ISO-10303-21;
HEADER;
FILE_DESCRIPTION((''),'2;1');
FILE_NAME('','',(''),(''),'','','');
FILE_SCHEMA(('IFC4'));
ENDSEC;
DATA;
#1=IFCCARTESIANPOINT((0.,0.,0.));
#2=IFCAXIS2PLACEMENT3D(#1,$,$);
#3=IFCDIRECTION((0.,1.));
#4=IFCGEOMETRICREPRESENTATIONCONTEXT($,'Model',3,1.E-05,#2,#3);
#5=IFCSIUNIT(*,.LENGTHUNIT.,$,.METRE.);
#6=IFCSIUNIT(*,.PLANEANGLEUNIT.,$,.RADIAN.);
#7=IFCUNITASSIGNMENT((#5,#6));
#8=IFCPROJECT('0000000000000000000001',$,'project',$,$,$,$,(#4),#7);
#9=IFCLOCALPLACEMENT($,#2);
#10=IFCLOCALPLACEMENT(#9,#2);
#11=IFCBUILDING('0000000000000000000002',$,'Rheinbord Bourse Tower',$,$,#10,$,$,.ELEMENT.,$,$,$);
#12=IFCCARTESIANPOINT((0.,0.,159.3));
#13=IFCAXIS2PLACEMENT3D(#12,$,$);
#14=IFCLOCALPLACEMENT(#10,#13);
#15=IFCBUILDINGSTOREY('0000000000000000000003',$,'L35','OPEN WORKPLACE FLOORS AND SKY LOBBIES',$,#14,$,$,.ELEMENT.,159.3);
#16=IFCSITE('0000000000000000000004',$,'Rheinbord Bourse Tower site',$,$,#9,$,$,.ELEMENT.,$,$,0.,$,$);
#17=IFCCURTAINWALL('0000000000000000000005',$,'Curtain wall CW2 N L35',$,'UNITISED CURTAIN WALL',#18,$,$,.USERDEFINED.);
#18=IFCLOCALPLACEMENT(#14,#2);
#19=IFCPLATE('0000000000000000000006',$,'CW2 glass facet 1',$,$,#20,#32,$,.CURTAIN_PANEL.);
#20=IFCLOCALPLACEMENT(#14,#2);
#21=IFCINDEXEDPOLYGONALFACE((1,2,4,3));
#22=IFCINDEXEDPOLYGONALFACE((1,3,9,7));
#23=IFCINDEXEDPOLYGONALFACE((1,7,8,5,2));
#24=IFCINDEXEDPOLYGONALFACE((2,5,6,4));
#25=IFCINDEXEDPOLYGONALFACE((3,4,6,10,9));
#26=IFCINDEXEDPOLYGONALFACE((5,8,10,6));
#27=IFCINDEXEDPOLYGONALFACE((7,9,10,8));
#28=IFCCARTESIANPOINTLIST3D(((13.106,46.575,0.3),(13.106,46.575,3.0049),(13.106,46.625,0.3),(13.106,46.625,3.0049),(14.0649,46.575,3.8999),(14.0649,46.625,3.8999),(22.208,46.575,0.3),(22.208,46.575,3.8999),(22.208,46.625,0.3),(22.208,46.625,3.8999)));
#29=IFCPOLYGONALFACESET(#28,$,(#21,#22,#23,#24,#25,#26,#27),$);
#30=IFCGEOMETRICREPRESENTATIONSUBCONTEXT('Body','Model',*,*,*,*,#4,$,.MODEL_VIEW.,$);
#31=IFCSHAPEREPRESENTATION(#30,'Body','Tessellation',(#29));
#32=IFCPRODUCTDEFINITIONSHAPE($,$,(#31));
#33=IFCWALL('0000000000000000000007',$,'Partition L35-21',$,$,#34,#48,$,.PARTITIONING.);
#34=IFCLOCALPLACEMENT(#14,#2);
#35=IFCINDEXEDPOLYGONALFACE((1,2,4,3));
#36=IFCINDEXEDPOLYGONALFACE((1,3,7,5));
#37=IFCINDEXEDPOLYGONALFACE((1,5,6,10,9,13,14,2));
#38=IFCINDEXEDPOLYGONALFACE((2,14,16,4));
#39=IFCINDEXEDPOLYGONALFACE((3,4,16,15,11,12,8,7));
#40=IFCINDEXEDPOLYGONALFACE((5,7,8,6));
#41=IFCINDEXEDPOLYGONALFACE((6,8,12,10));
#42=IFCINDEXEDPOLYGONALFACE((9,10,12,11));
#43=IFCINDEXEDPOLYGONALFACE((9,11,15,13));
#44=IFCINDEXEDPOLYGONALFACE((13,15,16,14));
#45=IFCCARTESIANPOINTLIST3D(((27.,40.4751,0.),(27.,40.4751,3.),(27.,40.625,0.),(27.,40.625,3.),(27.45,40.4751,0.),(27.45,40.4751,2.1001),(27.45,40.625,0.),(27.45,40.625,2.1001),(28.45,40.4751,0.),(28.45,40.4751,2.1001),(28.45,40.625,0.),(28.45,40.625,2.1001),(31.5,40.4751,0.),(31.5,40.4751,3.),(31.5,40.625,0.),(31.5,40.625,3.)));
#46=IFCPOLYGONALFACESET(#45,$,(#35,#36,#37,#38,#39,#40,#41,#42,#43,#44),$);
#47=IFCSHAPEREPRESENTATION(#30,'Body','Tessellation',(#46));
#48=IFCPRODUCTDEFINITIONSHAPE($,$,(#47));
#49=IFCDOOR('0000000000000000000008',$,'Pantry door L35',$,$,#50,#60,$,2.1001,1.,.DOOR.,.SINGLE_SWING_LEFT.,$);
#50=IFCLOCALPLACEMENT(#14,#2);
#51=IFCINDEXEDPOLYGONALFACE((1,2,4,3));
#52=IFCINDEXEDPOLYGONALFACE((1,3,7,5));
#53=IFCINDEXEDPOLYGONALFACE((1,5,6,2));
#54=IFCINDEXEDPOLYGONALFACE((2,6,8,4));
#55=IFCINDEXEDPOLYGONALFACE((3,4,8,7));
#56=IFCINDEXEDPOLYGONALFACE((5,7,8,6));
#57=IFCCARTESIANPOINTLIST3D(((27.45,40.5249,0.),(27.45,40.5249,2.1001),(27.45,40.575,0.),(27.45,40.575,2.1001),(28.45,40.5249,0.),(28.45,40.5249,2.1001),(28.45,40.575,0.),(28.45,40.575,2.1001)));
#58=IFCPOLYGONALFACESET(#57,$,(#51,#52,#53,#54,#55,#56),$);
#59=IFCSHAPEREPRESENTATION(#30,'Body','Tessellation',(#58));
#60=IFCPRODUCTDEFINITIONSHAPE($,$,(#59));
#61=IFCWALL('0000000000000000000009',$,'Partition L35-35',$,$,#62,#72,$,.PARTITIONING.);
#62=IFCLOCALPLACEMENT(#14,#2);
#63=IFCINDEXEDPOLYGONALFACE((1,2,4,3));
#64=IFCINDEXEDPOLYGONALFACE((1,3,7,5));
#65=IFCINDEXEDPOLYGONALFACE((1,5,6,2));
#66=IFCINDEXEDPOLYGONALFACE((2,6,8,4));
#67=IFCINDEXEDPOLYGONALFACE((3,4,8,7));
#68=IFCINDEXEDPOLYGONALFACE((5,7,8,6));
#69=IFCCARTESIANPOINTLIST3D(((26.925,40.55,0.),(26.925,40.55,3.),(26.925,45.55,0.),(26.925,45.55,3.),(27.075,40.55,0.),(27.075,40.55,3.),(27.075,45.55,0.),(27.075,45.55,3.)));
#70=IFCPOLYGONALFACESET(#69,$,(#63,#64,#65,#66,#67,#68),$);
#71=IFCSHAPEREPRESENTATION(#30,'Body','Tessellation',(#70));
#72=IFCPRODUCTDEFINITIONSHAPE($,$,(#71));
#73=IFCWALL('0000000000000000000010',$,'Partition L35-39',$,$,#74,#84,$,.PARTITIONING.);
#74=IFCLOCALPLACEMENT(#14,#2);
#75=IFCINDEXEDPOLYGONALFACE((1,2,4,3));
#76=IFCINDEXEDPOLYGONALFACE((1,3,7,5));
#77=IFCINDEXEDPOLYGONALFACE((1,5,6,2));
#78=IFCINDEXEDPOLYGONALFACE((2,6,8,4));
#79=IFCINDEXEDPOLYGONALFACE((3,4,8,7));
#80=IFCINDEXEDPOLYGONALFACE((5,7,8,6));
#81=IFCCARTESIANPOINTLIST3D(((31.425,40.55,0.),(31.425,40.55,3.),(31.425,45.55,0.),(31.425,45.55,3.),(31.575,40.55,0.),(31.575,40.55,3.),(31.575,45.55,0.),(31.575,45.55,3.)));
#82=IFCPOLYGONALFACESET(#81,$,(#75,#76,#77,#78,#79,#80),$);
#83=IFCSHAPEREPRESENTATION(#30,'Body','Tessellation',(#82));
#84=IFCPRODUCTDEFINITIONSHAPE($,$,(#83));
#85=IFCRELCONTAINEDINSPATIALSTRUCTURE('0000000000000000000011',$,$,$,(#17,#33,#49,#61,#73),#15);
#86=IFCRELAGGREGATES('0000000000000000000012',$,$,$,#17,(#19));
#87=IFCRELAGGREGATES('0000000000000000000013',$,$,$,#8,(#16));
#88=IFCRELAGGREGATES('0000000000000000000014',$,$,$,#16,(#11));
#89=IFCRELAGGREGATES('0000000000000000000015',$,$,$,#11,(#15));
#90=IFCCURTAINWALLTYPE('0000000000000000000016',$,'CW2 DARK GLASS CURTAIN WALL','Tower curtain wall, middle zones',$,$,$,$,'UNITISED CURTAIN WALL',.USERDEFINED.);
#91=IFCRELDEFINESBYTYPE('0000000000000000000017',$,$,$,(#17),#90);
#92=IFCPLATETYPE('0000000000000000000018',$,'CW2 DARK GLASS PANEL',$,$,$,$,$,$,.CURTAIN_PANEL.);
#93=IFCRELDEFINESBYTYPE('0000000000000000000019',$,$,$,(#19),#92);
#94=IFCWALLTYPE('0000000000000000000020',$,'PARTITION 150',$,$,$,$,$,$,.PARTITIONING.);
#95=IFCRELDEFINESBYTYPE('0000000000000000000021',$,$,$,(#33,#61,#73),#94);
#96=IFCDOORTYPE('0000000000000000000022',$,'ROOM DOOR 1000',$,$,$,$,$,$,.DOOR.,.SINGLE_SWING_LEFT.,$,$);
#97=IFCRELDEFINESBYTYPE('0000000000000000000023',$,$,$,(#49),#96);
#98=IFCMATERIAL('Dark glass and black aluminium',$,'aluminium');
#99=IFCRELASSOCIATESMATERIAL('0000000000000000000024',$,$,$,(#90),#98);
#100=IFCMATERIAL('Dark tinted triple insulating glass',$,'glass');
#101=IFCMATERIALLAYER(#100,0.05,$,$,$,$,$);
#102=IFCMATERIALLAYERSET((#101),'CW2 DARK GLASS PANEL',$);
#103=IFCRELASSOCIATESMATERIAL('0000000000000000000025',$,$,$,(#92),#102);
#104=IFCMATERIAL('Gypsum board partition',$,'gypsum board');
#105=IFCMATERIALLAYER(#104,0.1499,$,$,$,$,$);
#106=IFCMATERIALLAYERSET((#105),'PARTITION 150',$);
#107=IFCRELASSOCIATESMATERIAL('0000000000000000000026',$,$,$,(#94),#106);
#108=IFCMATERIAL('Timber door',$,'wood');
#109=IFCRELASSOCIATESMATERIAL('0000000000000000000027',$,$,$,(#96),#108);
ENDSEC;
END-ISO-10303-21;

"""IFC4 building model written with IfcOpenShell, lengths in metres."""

from ifc_helpers import new_model, si_unit, direction, frame, frame_2d, origin, place, context, subcontext, project, spatial, polyline, rectangle, outline, extrude, material, layer, layer_set, type_object, element, fill, aggregate, save


model = new_model("IFC4")

# Units and contexts
model_context = context("Model", 3, precision=1e-05, world=origin(), true_north=direction((0.0, 1.0)))
body_context = subcontext(model_context, "Body", "Model", "MODEL_VIEW")
ifc_project = project(units=[si_unit("LENGTHUNIT", "METRE"), si_unit("PLANEANGLEUNIT", "RADIAN")], contexts=[model_context])

# Site, building, storey
site_placement = place(None, origin())
site = spatial("IfcSite", under=ifc_project, at=site_placement, Name="Rheinbord Bourse Tower site", CompositionType="ELEMENT", RefElevation=0.0)
building_placement = place(site_placement, origin())
building = spatial("IfcBuilding", under=site, at=building_placement, Name="Rheinbord Bourse Tower", CompositionType="ELEMENT")
storey_placement = place(building_placement, frame((0.0, 0.0, 159.3)))
storey = spatial("IfcBuildingStorey", under=building, at=storey_placement, Name="L35", Description="OPEN WORKPLACE FLOORS AND SKY LOBBIES", CompositionType="ELEMENT", Elevation=159.3)

# Curtain wall
ifc_material_1 = material(Name="Dark glass and black aluminium", Category="aluminium")
curtain_wall_type = type_object("IfcCurtainWallType", Name="CW2 DARK GLASS CURTAIN WALL", Description="Tower curtain wall, middle zones", ElementType="UNITISED CURTAIN WALL", PredefinedType="USERDEFINED", material=ifc_material_1)
curtain_wall_placement = place(storey_placement, origin())
curtain_wall = element("IfcCurtainWall", 1, at=curtain_wall_placement, inside=storey, type_object=curtain_wall_type, Name="Curtain wall CW2 N L35", ObjectType="UNITISED CURTAIN WALL", PredefinedType="USERDEFINED")

# Plate
ifc_material_2 = material(Name="Dark tinted triple insulating glass", Category="glass")
ifc_layer_1 = layer(ifc_material_2, 0.05)
ifc_layer_set_1 = layer_set([ifc_layer_1], Name="CW2 DARK GLASS PANEL")
plate_type = type_object("IfcPlateType", Name="CW2 DARK GLASS PANEL", PredefinedType="CURTAIN_PANEL", material=ifc_layer_set_1)
plate_1_placement = place(storey_placement, frame((13.106, 46.625, 0.3), z_axis=(0.0, -1.0, 0.0), x_axis=(1.0, 0.0, 0.0)))
plate_1 = element("IfcPlate", 2, at=plate_1_placement, type_object=plate_type, Name="CW2 glass facet 1", PredefinedType="CURTAIN_PANEL", context=body_context, shape_type="SweptSolid", body=[
    extrude(outline(polyline([(0.0, 0.0), (9.1021, 0.0), (9.1021, 3.5999), (0.959, 3.5999), (0.0, 2.7048), (0.0, 0.0)])), origin(), (0.0, 0.0, 1.0), 0.05),
])
aggregate(curtain_wall, [plate_1])

# Wall, opening, door
ifc_material_3 = material(Name="Gypsum board partition", Category="gypsum board")
ifc_layer_2 = layer(ifc_material_3, 0.1499)
ifc_layer_set_2 = layer_set([ifc_layer_2], Name="PARTITION 150")
wall_type = type_object("IfcWallType", Name="PARTITION 150", PredefinedType="PARTITIONING", material=ifc_layer_set_2)
wall_placement = place(storey_placement, frame((27.0, 40.55, 0.0), z_axis=(0.0, 0.0, 1.0), x_axis=(1.0, 0.0, 0.0)))
wall = element("IfcWall", 3, at=wall_placement, inside=storey, type_object=wall_type, Name="Partition L35-21", PredefinedType="PARTITIONING", context=body_context, shape_type="SweptSolid", body=[
    extrude(rectangle(XDim=4.5, YDim=0.1499, at=frame_2d((2.25, 0.0))), origin(), (0.0, 0.0, 1.0), 3.0),
])
opening_placement = place(wall_placement, frame((0.45, 0.0, 0.0)))
opening = element("IfcOpeningElement", 4, at=opening_placement, cuts=wall, PredefinedType="OPENING", context=body_context, shape_type="SweptSolid", body=[
    extrude(rectangle(XDim=1.0, YDim=2.1001, at=frame_2d((0.5, 1.05))), frame((0.0, 0.085, 0.0), z_axis=(0.0, -1.0, 0.0), x_axis=(1.0, 0.0, 0.0)), (0.0, 0.0, 1.0), 0.1699),
])
ifc_material_4 = material(Name="Timber door", Category="wood")
door_type = type_object("IfcDoorType", Name="ROOM DOOR 1000", OperationType="SINGLE_SWING_LEFT", PredefinedType="DOOR", material=ifc_material_4)
door_placement = place(opening_placement, origin())
door = element("IfcDoor", 5, at=door_placement, inside=storey, type_object=door_type, Name="Pantry door L35", OperationType="SINGLE_SWING_LEFT", OverallHeight=2.1001, OverallWidth=1.0, PredefinedType="DOOR", context=body_context, shape_type="SweptSolid", body=[
    extrude(rectangle(XDim=1.0, YDim=2.1001, at=frame_2d((0.5, 1.05))), frame((0.0, 0.0249, 0.0), z_axis=(0.0, -1.0, 0.0), x_axis=(1.0, 0.0, 0.0)), (0.0, 0.0, 1.0), 0.05),
])
fill(opening, door)

# Walls
for number, where, z_axis, x_axis, name in (
    (6, (27.0, 40.55, 0.0), (0.0, 0.0, 1.0), (0.0, 1.0, 0.0), "Partition L35-35"),
    (7, (31.5, 40.55, 0.0), (0.0, 0.0, 1.0), (0.0, 1.0, 0.0), "Partition L35-39"),
):
    element("IfcWall", number, at=place(storey_placement, frame(where, z_axis=z_axis, x_axis=x_axis)), inside=storey, type_object=wall_type, Name=name, PredefinedType="PARTITIONING", context=body_context, shape_type="SweptSolid", body=[
        extrude(rectangle(XDim=5.0, YDim=0.1499, at=frame_2d((2.5, 0.0))), origin(), (0.0, 0.0, 1.0), 3.0),
    ])

save(model, "model.ifc")
